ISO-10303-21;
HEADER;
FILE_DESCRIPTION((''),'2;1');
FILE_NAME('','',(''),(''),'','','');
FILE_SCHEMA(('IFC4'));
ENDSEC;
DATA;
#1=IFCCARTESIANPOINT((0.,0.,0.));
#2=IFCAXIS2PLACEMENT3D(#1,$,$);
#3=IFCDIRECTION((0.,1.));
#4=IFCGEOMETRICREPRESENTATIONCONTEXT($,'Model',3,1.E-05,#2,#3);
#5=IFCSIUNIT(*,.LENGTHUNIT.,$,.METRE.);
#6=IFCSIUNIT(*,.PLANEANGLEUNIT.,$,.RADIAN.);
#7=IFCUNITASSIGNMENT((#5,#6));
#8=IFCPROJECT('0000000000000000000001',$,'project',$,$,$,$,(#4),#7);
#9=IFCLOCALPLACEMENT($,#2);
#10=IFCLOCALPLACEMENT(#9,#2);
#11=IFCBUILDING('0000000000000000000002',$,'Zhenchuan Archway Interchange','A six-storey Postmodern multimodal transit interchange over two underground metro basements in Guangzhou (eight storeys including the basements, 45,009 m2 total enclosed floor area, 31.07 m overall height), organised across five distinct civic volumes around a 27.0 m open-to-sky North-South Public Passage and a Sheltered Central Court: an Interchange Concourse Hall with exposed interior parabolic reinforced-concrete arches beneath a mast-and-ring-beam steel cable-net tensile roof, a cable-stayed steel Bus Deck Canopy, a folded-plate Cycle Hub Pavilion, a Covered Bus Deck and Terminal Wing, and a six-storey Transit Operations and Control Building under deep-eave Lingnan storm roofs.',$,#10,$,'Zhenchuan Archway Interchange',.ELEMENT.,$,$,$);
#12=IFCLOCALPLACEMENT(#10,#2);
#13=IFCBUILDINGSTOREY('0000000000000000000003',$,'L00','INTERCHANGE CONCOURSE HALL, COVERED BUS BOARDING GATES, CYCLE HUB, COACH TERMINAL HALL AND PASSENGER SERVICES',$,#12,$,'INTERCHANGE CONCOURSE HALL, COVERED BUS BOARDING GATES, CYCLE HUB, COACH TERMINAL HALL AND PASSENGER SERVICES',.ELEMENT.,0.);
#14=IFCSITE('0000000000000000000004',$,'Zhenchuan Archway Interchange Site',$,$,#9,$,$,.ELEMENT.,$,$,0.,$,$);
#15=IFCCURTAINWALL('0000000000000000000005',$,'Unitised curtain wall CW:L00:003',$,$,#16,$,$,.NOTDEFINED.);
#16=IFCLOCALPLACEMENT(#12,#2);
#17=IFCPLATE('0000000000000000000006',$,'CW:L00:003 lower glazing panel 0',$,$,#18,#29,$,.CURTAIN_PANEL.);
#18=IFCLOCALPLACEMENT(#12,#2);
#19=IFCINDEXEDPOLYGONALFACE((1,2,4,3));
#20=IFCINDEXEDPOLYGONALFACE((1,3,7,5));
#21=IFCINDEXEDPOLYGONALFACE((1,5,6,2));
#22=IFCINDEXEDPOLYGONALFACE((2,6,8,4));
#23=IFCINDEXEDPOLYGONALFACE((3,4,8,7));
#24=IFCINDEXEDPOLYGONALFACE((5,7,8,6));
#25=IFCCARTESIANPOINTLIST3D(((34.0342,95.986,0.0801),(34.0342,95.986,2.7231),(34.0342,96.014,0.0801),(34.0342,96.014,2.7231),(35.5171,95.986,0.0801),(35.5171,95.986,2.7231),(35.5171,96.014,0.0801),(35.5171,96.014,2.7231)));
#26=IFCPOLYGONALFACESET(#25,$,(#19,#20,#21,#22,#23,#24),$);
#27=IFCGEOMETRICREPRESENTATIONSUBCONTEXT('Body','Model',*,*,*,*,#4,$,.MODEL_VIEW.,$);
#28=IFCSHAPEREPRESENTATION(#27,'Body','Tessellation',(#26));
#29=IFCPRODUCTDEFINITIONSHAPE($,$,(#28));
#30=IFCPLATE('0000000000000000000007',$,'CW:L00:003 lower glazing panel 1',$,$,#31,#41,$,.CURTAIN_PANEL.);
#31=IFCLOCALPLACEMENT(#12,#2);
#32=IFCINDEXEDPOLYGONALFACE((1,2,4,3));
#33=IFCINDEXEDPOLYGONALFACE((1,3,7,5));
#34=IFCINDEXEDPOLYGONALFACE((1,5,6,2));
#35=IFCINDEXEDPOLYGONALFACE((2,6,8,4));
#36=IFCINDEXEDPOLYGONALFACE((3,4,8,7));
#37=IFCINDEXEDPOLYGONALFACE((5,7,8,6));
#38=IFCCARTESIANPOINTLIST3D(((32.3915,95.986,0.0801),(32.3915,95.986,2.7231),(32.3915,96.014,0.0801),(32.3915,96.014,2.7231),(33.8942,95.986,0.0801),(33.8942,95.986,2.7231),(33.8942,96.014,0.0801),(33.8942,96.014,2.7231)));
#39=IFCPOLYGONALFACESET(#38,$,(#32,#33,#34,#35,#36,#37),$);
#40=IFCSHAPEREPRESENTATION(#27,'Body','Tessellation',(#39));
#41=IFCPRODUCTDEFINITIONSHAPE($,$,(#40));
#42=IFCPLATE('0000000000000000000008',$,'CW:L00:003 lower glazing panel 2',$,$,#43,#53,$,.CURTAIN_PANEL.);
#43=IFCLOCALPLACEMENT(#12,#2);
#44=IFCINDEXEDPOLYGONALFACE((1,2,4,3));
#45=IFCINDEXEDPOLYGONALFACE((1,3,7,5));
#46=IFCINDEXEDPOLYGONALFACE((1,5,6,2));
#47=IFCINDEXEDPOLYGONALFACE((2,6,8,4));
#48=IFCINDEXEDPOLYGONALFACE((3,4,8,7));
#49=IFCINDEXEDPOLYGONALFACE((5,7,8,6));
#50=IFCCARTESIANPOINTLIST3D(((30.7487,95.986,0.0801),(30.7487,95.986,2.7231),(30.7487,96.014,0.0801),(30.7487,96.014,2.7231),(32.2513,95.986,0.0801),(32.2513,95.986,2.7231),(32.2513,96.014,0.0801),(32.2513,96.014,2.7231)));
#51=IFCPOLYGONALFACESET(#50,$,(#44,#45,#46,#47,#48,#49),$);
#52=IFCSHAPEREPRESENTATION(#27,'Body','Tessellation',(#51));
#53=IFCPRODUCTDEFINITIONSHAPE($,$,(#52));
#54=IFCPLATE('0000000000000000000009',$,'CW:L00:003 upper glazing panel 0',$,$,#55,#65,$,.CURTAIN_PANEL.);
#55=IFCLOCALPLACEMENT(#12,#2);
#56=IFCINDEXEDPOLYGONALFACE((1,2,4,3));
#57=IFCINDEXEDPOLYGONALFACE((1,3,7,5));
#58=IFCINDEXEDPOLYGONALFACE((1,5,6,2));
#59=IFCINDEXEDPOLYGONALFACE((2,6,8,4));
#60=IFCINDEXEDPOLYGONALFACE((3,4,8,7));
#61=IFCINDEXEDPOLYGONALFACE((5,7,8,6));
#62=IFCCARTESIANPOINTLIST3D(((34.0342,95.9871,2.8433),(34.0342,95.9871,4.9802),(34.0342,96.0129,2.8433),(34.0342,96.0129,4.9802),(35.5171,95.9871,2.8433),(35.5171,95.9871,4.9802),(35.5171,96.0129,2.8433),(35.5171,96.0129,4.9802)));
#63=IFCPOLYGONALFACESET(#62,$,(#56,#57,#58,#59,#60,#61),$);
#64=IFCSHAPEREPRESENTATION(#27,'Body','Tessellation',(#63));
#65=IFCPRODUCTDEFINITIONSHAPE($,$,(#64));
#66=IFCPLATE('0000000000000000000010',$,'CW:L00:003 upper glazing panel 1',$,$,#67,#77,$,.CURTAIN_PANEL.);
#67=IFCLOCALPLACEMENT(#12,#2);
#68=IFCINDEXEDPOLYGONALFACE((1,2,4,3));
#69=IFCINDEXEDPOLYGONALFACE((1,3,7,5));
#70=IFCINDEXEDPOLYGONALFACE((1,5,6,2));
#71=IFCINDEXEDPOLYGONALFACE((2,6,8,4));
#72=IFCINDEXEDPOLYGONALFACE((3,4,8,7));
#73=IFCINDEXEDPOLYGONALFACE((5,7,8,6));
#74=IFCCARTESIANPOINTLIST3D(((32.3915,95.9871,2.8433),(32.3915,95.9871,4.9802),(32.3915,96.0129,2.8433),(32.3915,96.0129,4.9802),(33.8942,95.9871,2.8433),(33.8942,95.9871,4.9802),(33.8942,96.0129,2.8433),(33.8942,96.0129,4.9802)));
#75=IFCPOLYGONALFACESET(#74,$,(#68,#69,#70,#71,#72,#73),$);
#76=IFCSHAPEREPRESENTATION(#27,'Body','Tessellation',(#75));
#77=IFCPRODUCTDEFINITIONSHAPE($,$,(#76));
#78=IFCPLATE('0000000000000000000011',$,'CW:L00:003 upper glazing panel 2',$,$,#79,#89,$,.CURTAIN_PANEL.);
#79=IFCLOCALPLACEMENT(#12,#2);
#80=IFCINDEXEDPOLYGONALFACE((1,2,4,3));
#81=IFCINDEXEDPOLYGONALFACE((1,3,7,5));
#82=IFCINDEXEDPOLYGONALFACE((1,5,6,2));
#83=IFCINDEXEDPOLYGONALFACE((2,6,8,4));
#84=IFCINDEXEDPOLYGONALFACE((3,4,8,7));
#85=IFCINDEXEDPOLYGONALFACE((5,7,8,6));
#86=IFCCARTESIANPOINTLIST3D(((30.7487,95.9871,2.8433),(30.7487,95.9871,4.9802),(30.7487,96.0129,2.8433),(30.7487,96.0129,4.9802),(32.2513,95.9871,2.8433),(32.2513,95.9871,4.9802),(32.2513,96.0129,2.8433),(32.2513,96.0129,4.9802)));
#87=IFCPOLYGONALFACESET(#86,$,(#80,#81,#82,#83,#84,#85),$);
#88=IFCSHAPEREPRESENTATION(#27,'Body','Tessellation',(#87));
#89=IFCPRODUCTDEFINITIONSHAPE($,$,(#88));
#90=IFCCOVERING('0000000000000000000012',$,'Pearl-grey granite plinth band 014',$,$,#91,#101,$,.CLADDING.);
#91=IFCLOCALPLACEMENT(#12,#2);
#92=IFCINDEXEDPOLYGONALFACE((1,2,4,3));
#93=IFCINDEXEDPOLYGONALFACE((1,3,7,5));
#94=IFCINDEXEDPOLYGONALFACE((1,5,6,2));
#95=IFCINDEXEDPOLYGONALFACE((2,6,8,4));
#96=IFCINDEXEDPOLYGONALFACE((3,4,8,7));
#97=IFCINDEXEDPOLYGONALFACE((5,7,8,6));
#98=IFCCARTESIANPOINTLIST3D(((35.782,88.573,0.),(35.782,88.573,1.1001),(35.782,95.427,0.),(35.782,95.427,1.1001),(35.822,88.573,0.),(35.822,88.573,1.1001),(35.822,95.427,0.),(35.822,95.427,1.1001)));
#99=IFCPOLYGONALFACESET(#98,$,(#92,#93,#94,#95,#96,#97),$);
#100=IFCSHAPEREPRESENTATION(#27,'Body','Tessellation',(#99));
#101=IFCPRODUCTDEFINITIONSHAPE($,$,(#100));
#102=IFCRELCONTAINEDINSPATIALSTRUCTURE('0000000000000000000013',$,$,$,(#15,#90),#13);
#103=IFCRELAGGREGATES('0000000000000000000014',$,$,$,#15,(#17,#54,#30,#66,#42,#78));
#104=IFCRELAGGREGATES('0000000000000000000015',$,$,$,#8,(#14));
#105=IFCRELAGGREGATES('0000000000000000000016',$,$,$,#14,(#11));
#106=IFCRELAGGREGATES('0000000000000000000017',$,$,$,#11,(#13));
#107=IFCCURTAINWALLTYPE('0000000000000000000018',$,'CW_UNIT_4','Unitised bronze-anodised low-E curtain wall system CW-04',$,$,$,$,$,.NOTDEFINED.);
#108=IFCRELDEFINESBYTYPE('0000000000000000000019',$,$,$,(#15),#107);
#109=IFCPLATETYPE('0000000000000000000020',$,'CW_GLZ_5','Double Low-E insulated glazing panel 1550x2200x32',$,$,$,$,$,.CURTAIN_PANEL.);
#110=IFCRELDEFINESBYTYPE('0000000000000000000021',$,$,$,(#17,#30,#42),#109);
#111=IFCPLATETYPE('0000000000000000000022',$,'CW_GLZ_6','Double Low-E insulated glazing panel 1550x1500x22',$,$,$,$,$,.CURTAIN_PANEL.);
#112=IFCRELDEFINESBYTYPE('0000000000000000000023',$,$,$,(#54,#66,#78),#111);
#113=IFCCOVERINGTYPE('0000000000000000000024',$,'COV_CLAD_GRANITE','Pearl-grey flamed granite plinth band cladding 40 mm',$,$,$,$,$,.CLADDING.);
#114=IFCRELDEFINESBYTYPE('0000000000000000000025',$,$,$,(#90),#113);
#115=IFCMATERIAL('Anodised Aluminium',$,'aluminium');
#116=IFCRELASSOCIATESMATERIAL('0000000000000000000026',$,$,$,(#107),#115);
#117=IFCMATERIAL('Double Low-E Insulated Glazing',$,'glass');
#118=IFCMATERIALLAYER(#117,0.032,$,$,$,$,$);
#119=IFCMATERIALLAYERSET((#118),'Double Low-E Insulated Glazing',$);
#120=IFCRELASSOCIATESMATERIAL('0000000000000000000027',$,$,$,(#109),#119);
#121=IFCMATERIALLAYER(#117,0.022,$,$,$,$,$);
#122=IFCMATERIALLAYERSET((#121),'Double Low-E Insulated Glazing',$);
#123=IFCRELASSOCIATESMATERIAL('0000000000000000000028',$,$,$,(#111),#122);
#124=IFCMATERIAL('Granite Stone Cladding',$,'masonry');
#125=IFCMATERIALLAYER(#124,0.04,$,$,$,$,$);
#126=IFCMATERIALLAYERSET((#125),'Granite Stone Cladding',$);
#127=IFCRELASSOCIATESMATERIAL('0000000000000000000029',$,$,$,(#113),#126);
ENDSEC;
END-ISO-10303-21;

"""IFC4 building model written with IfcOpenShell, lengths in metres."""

from ifc_helpers import new_model, si_unit, direction, frame, origin, origin_2d, place, context, subcontext, project, spatial, rectangle, extrude, material, layer, layer_set, type_object, element, aggregate, save


model = new_model("IFC4")

# Units and contexts
model_context = context("Model", 3, precision=1e-05, world=origin(), true_north=direction((0.0, 1.0)))
body_context = subcontext(model_context, "Body", "Model", "MODEL_VIEW")
ifc_project = project(units=[si_unit("LENGTHUNIT", "METRE"), si_unit("PLANEANGLEUNIT", "RADIAN")], contexts=[model_context])

# Site, building, storey
site_placement = place(None, origin())
site = spatial("IfcSite", under=ifc_project, at=site_placement, Name="Zhenchuan Archway Interchange Site", CompositionType="ELEMENT", RefElevation=0.0)
building_placement = place(site_placement, origin())
building = spatial("IfcBuilding", under=site, at=building_placement, Name="Zhenchuan Archway Interchange", Description="A six-storey Postmodern multimodal transit interchange over two underground metro basements in Guangzhou (eight storeys including the basements, 45,009 m2 total enclosed floor area, 31.07 m overall height), organised across five distinct civic volumes around a 27.0 m open-to-sky North-South Public Passage and a Sheltered Central Court: an Interchange Concourse Hall with exposed interior parabolic reinforced-concrete arches beneath a mast-and-ring-beam steel cable-net tensile roof, a cable-stayed steel Bus Deck Canopy, a folded-plate Cycle Hub Pavilion, a Covered Bus Deck and Terminal Wing, and a six-storey Transit Operations and Control Building under deep-eave Lingnan storm roofs.", LongName="Zhenchuan Archway Interchange", CompositionType="ELEMENT")
storey_placement = place(building_placement, origin())
storey = spatial("IfcBuildingStorey", under=building, at=storey_placement, Name="L00", Description="INTERCHANGE CONCOURSE HALL, COVERED BUS BOARDING GATES, CYCLE HUB, COACH TERMINAL HALL AND PASSENGER SERVICES", LongName="INTERCHANGE CONCOURSE HALL, COVERED BUS BOARDING GATES, CYCLE HUB, COACH TERMINAL HALL AND PASSENGER SERVICES", CompositionType="ELEMENT", Elevation=0.0)

# Curtain wall
ifc_material_1 = material(Name="Anodised Aluminium", Category="aluminium")
curtain_wall_type = type_object("IfcCurtainWallType", Name="CW_UNIT_4", Description="Unitised bronze-anodised low-E curtain wall system CW-04", PredefinedType="NOTDEFINED", material=ifc_material_1)
curtain_wall_placement = place(storey_placement, origin())
curtain_wall = element("IfcCurtainWall", 1, at=curtain_wall_placement, inside=storey, type_object=curtain_wall_type, Name="Unitised curtain wall CW:L00:003", PredefinedType="NOTDEFINED")

# Plates
ifc_material_2 = material(Name="Double Low-E Insulated Glazing", Category="glass")
ifc_layer_1 = layer(ifc_material_2, 0.032)
ifc_layer_set_1 = layer_set([ifc_layer_1], Name="Double Low-E Insulated Glazing")
plate_type_1 = type_object("IfcPlateType", Name="CW_GLZ_5", Description="Double Low-E insulated glazing panel 1550x2200x32", PredefinedType="CURTAIN_PANEL", material=ifc_layer_set_1)
plate_1_placement = place(storey_placement, frame((34.7756, 96.0, 0.0801), z_axis=(0.0, 0.0, 1.0), x_axis=(-1.0, 0.0, 0.0)))
plate_1 = element("IfcPlate", 2, at=plate_1_placement, type_object=plate_type_1, Name="CW:L00:003 lower glazing panel 0", PredefinedType="CURTAIN_PANEL", context=body_context, shape_type="SweptSolid", body=[
    extrude(rectangle(XDim=1.4829, YDim=0.0281, at=origin_2d()), origin(), (0.0, 0.0, 1.0), 2.6431),
])
plate_2_placement = place(storey_placement, frame((33.1428, 96.0, 0.0801), z_axis=(0.0, 0.0, 1.0), x_axis=(-1.0, 0.0, 0.0)))
plate_2 = element("IfcPlate", 3, at=plate_2_placement, type_object=plate_type_1, Name="CW:L00:003 lower glazing panel 1", PredefinedType="CURTAIN_PANEL", context=body_context, shape_type="SweptSolid", body=[
    extrude(rectangle(XDim=1.5027, YDim=0.0281, at=origin_2d()), origin(), (0.0, 0.0, 1.0), 2.6431),
])
plate_3_placement = place(storey_placement, frame((31.5, 96.0, 0.0801), z_axis=(0.0, 0.0, 1.0), x_axis=(-1.0, 0.0, 0.0)))
plate_3 = element("IfcPlate", 4, at=plate_3_placement, type_object=plate_type_1, Name="CW:L00:003 lower glazing panel 2", PredefinedType="CURTAIN_PANEL", context=body_context, shape_type="SweptSolid", body=[
    extrude(rectangle(XDim=1.5027, YDim=0.0281, at=origin_2d()), origin(), (0.0, 0.0, 1.0), 2.6431),
])
ifc_layer_2 = layer(ifc_material_2, 0.022)
ifc_layer_set_2 = layer_set([ifc_layer_2], Name="Double Low-E Insulated Glazing")
plate_type_2 = type_object("IfcPlateType", Name="CW_GLZ_6", Description="Double Low-E insulated glazing panel 1550x1500x22", PredefinedType="CURTAIN_PANEL", material=ifc_layer_set_2)
plate_4_placement = place(storey_placement, frame((34.7756, 96.0, 2.8433), z_axis=(0.0, 0.0, 1.0), x_axis=(-1.0, 0.0, 0.0)))
plate_4 = element("IfcPlate", 5, at=plate_4_placement, type_object=plate_type_2, Name="CW:L00:003 upper glazing panel 0", PredefinedType="CURTAIN_PANEL", context=body_context, shape_type="SweptSolid", body=[
    extrude(rectangle(XDim=1.4829, YDim=0.0259, at=origin_2d()), origin(), (0.0, 0.0, 1.0), 2.137),
])
plate_5_placement = place(storey_placement, frame((33.1428, 96.0, 2.8433), z_axis=(0.0, 0.0, 1.0), x_axis=(-1.0, 0.0, 0.0)))
plate_5 = element("IfcPlate", 6, at=plate_5_placement, type_object=plate_type_2, Name="CW:L00:003 upper glazing panel 1", PredefinedType="CURTAIN_PANEL", context=body_context, shape_type="SweptSolid", body=[
    extrude(rectangle(XDim=1.5027, YDim=0.0259, at=origin_2d()), origin(), (0.0, 0.0, 1.0), 2.137),
])
plate_6_placement = place(storey_placement, frame((31.5, 96.0, 2.8433), z_axis=(0.0, 0.0, 1.0), x_axis=(-1.0, 0.0, 0.0)))
plate_6 = element("IfcPlate", 7, at=plate_6_placement, type_object=plate_type_2, Name="CW:L00:003 upper glazing panel 2", PredefinedType="CURTAIN_PANEL", context=body_context, shape_type="SweptSolid", body=[
    extrude(rectangle(XDim=1.5027, YDim=0.0259, at=origin_2d()), origin(), (0.0, 0.0, 1.0), 2.137),
])
aggregate(curtain_wall, [plate_1, plate_4, plate_2, plate_5, plate_3, plate_6])

# Covering
ifc_material_3 = material(Name="Granite Stone Cladding", Category="masonry")
ifc_layer_3 = layer(ifc_material_3, 0.04)
ifc_layer_set_3 = layer_set([ifc_layer_3], Name="Granite Stone Cladding")
covering_type = type_object("IfcCoveringType", Name="COV_CLAD_GRANITE", Description="Pearl-grey flamed granite plinth band cladding 40 mm", PredefinedType="CLADDING", material=ifc_layer_set_3)
covering_placement = place(storey_placement, frame((35.802, 92.0, 0.0), z_axis=(0.0, 0.0, 1.0), x_axis=(0.0, 1.0, 0.0)))
element("IfcCovering", 8, at=covering_placement, inside=storey, type_object=covering_type, Name="Pearl-grey granite plinth band 014", PredefinedType="CLADDING", context=body_context, shape_type="SweptSolid", body=[
    extrude(rectangle(XDim=6.854, YDim=0.04, at=origin_2d()), origin(), (0.0, 0.0, 1.0), 1.1001),
])

save(model, "model.ifc")
